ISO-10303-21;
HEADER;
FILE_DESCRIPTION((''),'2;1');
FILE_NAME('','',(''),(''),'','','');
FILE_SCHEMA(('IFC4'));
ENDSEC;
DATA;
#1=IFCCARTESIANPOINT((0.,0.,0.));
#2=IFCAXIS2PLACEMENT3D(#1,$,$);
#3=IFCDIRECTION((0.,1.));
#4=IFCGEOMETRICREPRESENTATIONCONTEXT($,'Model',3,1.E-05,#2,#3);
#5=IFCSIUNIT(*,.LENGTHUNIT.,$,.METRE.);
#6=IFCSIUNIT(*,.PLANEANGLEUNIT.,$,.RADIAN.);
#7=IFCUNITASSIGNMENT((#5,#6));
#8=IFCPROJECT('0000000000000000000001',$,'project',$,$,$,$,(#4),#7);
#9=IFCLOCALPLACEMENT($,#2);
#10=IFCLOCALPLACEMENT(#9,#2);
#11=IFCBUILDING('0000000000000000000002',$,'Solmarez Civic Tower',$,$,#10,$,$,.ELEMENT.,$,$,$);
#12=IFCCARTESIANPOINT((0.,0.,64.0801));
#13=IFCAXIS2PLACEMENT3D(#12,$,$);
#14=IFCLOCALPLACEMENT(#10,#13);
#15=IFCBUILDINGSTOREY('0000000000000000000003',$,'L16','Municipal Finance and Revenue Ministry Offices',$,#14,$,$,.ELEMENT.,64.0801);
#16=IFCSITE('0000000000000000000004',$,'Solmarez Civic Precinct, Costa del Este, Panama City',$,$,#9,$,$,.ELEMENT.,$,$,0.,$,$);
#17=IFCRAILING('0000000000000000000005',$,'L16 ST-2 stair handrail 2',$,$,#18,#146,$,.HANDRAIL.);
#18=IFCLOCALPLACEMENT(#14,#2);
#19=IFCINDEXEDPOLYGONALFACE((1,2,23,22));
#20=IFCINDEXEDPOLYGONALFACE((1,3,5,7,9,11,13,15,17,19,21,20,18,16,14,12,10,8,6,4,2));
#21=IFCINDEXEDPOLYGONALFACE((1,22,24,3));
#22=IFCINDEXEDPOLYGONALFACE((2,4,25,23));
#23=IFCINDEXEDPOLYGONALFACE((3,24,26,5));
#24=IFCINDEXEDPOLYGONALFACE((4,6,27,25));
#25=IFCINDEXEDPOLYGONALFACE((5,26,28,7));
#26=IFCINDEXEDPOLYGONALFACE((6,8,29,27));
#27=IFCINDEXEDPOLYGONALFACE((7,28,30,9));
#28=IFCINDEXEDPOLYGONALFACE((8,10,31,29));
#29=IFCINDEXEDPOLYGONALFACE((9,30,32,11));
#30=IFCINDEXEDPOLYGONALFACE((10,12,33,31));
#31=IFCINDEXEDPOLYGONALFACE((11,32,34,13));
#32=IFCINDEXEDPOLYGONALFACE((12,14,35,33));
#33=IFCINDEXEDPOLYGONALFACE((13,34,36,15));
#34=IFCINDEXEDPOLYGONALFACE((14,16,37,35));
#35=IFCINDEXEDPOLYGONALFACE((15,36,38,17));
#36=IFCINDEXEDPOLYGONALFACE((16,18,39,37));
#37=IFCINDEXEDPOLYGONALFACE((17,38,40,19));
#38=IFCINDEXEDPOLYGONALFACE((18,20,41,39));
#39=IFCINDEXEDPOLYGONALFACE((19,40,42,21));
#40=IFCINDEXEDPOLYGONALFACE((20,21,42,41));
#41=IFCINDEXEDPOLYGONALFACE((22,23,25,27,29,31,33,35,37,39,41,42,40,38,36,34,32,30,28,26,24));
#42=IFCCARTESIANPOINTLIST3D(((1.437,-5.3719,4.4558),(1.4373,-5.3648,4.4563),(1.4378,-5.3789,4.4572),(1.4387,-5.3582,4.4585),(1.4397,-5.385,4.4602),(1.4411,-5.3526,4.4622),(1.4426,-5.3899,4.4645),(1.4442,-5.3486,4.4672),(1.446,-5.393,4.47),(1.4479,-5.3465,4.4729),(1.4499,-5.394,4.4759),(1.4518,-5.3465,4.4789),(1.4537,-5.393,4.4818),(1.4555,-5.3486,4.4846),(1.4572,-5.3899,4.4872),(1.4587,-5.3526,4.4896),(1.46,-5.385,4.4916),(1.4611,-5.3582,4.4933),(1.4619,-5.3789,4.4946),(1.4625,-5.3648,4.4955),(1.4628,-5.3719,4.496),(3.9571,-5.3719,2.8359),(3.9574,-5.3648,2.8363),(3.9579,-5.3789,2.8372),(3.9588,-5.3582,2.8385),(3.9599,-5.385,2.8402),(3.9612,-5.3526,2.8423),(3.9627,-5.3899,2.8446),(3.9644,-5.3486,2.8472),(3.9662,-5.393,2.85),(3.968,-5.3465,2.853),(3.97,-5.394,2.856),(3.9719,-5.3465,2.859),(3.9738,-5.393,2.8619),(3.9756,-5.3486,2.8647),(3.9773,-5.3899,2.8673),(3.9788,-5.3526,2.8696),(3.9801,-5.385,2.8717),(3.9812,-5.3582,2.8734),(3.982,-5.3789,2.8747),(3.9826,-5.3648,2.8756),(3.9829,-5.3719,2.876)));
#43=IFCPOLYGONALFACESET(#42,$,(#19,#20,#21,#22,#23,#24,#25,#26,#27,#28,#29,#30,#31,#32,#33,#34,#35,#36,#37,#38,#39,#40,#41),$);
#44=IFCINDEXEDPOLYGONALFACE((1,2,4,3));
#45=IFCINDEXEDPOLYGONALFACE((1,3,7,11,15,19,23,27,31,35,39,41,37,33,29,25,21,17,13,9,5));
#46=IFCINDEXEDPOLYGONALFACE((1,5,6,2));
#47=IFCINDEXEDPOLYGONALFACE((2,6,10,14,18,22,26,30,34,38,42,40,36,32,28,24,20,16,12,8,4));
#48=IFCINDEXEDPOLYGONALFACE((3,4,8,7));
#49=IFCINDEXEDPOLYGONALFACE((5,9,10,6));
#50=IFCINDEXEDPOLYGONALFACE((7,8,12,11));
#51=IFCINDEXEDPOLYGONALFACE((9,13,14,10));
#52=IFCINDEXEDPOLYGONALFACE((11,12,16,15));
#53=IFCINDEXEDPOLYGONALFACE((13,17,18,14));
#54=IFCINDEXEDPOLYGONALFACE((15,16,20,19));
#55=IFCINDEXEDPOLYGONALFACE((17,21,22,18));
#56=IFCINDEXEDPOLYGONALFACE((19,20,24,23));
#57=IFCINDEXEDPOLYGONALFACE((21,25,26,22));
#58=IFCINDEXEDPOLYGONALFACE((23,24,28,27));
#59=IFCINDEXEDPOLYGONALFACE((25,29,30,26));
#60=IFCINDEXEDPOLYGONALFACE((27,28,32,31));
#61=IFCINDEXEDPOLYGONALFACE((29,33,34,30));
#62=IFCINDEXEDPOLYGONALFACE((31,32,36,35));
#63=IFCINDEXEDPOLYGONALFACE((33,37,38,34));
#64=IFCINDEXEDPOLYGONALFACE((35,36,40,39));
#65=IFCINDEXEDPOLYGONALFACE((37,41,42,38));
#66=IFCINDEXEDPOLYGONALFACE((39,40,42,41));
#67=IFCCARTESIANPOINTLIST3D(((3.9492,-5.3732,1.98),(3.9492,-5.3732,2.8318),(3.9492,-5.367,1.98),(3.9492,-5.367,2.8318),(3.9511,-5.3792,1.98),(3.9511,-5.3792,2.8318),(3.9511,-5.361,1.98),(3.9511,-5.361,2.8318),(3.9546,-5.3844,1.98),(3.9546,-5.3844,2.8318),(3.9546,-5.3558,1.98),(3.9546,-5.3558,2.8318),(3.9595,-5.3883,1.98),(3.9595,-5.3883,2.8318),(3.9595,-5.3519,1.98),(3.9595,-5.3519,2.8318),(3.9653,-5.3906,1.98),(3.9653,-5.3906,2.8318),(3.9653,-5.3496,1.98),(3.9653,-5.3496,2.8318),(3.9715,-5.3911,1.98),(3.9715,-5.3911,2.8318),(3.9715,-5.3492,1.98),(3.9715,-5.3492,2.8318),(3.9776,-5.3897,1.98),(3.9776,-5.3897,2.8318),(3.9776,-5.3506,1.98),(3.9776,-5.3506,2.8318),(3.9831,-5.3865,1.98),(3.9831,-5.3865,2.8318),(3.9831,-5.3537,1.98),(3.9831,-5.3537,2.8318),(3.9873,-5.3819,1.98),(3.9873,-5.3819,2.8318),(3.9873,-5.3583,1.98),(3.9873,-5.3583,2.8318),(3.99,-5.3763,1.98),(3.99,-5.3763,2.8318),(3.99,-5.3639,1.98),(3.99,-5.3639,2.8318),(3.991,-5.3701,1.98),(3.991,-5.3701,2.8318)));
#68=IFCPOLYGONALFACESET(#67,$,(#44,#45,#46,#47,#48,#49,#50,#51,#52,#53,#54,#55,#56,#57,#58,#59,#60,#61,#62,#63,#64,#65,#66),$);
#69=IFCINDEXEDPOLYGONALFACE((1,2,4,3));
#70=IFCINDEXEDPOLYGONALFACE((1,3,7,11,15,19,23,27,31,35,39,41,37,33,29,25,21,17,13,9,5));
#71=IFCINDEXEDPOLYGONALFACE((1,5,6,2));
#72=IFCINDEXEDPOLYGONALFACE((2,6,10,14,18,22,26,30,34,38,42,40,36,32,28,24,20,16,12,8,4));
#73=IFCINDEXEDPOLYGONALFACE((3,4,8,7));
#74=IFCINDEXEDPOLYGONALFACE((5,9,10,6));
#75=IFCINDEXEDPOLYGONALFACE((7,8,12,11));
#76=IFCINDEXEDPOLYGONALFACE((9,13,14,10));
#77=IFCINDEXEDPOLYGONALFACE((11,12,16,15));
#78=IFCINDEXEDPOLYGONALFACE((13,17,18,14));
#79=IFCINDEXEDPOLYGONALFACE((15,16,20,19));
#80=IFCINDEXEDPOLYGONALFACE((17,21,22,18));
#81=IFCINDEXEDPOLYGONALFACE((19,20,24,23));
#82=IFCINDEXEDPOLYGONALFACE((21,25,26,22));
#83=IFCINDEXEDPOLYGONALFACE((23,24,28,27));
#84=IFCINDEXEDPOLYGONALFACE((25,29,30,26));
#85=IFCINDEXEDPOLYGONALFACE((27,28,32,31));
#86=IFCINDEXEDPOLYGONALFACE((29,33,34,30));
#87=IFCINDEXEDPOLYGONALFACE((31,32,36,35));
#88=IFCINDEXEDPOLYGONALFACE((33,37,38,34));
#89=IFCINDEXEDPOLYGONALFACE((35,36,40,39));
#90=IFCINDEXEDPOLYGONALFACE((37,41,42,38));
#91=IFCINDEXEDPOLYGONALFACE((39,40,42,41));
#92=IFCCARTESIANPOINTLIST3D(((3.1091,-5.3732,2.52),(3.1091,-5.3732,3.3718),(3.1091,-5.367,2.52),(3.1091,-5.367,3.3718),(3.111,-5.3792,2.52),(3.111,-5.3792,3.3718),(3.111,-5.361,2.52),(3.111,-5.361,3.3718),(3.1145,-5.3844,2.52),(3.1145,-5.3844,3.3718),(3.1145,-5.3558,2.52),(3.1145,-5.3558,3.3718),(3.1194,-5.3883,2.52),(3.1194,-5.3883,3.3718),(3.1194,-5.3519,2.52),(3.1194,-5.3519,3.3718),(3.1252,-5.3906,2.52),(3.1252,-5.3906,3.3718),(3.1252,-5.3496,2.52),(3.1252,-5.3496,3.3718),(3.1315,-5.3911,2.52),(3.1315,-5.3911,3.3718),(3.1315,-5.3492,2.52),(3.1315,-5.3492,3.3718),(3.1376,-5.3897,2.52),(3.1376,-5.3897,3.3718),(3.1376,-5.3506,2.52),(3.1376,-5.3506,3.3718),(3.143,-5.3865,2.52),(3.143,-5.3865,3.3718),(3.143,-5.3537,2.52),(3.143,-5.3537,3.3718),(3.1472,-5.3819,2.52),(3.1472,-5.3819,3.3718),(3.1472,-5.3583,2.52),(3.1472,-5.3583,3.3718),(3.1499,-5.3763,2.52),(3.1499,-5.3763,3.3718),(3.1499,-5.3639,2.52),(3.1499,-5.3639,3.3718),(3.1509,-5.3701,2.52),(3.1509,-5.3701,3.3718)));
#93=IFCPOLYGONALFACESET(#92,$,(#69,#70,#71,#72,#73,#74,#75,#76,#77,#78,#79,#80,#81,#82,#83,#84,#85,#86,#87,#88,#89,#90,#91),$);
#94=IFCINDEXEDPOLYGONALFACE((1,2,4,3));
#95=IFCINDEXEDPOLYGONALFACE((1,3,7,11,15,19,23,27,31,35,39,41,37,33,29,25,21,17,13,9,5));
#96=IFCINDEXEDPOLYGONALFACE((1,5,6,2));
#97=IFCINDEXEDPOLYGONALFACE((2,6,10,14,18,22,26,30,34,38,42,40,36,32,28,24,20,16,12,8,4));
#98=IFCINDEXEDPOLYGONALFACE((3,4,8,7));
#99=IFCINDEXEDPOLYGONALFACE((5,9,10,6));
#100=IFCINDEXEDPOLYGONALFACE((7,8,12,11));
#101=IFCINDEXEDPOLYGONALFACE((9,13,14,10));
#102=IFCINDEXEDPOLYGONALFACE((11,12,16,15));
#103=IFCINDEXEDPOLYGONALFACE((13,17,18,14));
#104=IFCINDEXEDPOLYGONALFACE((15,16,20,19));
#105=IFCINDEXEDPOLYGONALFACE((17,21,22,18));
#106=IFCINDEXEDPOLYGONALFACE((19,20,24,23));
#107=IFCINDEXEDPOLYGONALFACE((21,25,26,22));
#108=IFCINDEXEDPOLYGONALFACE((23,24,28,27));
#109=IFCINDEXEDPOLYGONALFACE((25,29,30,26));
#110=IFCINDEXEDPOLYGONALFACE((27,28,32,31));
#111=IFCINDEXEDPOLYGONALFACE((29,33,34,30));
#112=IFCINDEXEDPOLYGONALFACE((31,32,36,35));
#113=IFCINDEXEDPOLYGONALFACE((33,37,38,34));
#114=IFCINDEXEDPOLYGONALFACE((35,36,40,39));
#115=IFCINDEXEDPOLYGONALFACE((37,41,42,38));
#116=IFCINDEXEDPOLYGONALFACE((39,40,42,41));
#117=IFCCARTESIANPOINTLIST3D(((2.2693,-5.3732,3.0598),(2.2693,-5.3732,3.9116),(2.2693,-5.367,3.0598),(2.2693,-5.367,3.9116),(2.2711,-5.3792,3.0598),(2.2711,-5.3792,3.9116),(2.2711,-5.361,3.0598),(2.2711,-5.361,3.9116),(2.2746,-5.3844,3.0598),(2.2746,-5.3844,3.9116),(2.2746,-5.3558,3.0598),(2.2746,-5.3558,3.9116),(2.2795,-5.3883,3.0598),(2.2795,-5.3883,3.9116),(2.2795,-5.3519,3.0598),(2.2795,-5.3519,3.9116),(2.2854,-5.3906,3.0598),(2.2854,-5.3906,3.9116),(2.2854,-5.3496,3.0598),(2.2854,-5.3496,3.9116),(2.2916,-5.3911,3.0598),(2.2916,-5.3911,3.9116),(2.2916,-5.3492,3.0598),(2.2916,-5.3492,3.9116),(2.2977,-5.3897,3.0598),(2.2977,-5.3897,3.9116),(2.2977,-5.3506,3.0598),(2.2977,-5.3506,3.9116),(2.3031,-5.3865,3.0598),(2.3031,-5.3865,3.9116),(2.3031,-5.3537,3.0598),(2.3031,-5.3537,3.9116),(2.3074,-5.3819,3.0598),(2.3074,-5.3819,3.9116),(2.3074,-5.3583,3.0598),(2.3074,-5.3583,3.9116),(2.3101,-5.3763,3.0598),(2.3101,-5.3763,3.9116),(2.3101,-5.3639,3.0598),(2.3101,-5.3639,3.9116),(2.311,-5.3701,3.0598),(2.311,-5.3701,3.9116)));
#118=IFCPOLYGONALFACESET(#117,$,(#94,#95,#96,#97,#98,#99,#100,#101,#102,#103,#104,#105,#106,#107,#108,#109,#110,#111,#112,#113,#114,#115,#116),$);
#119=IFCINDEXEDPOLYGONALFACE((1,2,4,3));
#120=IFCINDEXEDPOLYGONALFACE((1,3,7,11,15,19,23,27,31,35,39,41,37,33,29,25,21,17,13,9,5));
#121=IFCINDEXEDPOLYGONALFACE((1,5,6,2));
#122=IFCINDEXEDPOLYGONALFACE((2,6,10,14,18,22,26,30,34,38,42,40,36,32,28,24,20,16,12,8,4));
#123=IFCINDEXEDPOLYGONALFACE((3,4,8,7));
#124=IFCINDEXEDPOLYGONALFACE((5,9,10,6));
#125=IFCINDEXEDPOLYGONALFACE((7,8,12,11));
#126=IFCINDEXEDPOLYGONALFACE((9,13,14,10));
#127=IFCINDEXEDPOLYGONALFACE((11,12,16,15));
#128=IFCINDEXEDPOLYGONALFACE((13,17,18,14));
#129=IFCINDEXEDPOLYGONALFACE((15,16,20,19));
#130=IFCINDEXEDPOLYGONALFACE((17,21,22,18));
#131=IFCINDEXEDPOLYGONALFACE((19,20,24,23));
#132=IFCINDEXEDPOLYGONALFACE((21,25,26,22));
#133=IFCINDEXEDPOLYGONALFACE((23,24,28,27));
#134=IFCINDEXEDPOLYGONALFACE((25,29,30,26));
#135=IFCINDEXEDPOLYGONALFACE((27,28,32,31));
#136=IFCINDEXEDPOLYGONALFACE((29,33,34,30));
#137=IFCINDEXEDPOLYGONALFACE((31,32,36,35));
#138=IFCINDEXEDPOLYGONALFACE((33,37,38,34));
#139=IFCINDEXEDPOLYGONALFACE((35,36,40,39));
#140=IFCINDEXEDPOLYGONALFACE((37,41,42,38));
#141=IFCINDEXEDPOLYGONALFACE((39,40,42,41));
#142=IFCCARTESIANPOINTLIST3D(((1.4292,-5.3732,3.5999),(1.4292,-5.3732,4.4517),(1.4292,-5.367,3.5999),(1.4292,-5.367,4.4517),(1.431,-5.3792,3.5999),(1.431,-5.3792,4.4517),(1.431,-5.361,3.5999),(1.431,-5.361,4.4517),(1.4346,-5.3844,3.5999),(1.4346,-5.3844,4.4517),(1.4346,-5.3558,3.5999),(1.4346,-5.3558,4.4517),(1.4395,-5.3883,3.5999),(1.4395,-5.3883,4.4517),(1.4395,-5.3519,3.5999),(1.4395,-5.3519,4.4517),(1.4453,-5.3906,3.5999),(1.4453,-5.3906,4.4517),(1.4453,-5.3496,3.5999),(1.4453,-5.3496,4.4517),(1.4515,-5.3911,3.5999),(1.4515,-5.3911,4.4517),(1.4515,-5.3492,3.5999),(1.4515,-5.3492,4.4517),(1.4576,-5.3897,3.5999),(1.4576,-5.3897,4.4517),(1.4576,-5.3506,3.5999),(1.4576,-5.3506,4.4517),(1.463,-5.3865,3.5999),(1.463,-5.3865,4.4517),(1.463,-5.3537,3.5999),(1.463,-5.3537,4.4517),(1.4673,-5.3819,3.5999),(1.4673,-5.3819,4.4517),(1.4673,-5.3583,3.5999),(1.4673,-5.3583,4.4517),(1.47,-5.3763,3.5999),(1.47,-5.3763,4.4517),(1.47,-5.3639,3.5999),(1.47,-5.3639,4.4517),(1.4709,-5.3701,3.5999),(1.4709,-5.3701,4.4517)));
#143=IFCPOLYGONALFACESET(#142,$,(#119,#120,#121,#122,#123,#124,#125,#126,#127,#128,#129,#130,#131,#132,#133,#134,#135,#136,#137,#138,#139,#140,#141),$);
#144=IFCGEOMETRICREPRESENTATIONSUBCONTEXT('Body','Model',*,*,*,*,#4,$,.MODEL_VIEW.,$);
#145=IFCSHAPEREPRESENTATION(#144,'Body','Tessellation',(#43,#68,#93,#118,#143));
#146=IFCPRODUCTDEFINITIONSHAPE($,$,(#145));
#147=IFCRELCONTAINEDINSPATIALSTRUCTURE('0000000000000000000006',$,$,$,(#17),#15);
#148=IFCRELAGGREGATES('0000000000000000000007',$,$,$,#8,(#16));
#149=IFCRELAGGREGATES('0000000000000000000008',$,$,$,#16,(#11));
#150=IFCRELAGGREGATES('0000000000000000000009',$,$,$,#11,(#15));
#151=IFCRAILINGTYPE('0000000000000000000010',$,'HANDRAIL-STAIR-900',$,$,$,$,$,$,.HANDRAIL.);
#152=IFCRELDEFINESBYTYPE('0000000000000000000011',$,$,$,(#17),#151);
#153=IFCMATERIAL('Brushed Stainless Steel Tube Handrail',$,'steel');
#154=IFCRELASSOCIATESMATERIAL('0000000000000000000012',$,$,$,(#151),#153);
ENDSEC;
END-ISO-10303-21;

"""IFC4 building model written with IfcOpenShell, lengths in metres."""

from ifc_helpers import new_model, si_unit, direction, frame, origin, origin_2d, place, context, subcontext, project, spatial, circle, extrude, material, type_object, element, save


model = new_model("IFC4")

# Units and contexts
model_context = context("Model", 3, precision=1e-05, world=origin(), true_north=direction((0.0, 1.0)))
body_context = subcontext(model_context, "Body", "Model", "MODEL_VIEW")
ifc_project = project(units=[si_unit("LENGTHUNIT", "METRE"), si_unit("PLANEANGLEUNIT", "RADIAN")], contexts=[model_context])

# Site, building, storey
site_placement = place(None, origin())
site = spatial("IfcSite", under=ifc_project, at=site_placement, Name="Solmarez Civic Precinct, Costa del Este, Panama City", CompositionType="ELEMENT", RefElevation=0.0)
building_placement = place(site_placement, origin())
building = spatial("IfcBuilding", under=site, at=building_placement, Name="Solmarez Civic Tower", CompositionType="ELEMENT")
storey_placement = place(building_placement, frame((0.0, 0.0, 64.0801)))
storey = spatial("IfcBuildingStorey", under=building, at=storey_placement, Name="L16", Description="Municipal Finance and Revenue Ministry Offices", CompositionType="ELEMENT", Elevation=64.0801)

# Railing
ifc_material_1 = material(Name="Brushed Stainless Steel Tube Handrail", Category="steel")
railing_type_1 = type_object("IfcRailingType", Name="HANDRAIL-STAIR-900", PredefinedType="HANDRAIL", material=ifc_material_1)
railing_1_placement = place(storey_placement, frame((3.97, -5.3701, 1.98)))
element("IfcRailing", 1, at=railing_1_placement, inside=storey, type_object=railing_type_1, Name="L16 ST-2 stair handrail 2", PredefinedType="HANDRAIL", context=body_context, shape_type="SweptSolid", body=[
    extrude(circle(Radius=0.0239, at=origin_2d()), frame((0.0, 0.0, 0.876), z_axis=(-0.8412, 0.0, 0.540725), x_axis=(0.0, -1.0, 0.0)), (0.0, 0.0, 1.0), 2.9958),
    extrude(circle(Radius=0.021, at=origin_2d()), origin(), (0.0, 0.0, 1.0), 0.8518),
    extrude(circle(Radius=0.021, at=origin_2d()), frame((-0.8401, 0.0, 0.54)), (0.0, 0.0, 1.0), 0.8518),
    extrude(circle(Radius=0.021, at=origin_2d()), frame((-1.6799, 0.0, 1.0798)), (0.0, 0.0, 1.0), 0.8518),
    extrude(circle(Radius=0.021, at=origin_2d()), frame((-2.52, 0.0, 1.6199)), (0.0, 0.0, 1.0), 0.8518),
])

save(model, "model.ifc")
